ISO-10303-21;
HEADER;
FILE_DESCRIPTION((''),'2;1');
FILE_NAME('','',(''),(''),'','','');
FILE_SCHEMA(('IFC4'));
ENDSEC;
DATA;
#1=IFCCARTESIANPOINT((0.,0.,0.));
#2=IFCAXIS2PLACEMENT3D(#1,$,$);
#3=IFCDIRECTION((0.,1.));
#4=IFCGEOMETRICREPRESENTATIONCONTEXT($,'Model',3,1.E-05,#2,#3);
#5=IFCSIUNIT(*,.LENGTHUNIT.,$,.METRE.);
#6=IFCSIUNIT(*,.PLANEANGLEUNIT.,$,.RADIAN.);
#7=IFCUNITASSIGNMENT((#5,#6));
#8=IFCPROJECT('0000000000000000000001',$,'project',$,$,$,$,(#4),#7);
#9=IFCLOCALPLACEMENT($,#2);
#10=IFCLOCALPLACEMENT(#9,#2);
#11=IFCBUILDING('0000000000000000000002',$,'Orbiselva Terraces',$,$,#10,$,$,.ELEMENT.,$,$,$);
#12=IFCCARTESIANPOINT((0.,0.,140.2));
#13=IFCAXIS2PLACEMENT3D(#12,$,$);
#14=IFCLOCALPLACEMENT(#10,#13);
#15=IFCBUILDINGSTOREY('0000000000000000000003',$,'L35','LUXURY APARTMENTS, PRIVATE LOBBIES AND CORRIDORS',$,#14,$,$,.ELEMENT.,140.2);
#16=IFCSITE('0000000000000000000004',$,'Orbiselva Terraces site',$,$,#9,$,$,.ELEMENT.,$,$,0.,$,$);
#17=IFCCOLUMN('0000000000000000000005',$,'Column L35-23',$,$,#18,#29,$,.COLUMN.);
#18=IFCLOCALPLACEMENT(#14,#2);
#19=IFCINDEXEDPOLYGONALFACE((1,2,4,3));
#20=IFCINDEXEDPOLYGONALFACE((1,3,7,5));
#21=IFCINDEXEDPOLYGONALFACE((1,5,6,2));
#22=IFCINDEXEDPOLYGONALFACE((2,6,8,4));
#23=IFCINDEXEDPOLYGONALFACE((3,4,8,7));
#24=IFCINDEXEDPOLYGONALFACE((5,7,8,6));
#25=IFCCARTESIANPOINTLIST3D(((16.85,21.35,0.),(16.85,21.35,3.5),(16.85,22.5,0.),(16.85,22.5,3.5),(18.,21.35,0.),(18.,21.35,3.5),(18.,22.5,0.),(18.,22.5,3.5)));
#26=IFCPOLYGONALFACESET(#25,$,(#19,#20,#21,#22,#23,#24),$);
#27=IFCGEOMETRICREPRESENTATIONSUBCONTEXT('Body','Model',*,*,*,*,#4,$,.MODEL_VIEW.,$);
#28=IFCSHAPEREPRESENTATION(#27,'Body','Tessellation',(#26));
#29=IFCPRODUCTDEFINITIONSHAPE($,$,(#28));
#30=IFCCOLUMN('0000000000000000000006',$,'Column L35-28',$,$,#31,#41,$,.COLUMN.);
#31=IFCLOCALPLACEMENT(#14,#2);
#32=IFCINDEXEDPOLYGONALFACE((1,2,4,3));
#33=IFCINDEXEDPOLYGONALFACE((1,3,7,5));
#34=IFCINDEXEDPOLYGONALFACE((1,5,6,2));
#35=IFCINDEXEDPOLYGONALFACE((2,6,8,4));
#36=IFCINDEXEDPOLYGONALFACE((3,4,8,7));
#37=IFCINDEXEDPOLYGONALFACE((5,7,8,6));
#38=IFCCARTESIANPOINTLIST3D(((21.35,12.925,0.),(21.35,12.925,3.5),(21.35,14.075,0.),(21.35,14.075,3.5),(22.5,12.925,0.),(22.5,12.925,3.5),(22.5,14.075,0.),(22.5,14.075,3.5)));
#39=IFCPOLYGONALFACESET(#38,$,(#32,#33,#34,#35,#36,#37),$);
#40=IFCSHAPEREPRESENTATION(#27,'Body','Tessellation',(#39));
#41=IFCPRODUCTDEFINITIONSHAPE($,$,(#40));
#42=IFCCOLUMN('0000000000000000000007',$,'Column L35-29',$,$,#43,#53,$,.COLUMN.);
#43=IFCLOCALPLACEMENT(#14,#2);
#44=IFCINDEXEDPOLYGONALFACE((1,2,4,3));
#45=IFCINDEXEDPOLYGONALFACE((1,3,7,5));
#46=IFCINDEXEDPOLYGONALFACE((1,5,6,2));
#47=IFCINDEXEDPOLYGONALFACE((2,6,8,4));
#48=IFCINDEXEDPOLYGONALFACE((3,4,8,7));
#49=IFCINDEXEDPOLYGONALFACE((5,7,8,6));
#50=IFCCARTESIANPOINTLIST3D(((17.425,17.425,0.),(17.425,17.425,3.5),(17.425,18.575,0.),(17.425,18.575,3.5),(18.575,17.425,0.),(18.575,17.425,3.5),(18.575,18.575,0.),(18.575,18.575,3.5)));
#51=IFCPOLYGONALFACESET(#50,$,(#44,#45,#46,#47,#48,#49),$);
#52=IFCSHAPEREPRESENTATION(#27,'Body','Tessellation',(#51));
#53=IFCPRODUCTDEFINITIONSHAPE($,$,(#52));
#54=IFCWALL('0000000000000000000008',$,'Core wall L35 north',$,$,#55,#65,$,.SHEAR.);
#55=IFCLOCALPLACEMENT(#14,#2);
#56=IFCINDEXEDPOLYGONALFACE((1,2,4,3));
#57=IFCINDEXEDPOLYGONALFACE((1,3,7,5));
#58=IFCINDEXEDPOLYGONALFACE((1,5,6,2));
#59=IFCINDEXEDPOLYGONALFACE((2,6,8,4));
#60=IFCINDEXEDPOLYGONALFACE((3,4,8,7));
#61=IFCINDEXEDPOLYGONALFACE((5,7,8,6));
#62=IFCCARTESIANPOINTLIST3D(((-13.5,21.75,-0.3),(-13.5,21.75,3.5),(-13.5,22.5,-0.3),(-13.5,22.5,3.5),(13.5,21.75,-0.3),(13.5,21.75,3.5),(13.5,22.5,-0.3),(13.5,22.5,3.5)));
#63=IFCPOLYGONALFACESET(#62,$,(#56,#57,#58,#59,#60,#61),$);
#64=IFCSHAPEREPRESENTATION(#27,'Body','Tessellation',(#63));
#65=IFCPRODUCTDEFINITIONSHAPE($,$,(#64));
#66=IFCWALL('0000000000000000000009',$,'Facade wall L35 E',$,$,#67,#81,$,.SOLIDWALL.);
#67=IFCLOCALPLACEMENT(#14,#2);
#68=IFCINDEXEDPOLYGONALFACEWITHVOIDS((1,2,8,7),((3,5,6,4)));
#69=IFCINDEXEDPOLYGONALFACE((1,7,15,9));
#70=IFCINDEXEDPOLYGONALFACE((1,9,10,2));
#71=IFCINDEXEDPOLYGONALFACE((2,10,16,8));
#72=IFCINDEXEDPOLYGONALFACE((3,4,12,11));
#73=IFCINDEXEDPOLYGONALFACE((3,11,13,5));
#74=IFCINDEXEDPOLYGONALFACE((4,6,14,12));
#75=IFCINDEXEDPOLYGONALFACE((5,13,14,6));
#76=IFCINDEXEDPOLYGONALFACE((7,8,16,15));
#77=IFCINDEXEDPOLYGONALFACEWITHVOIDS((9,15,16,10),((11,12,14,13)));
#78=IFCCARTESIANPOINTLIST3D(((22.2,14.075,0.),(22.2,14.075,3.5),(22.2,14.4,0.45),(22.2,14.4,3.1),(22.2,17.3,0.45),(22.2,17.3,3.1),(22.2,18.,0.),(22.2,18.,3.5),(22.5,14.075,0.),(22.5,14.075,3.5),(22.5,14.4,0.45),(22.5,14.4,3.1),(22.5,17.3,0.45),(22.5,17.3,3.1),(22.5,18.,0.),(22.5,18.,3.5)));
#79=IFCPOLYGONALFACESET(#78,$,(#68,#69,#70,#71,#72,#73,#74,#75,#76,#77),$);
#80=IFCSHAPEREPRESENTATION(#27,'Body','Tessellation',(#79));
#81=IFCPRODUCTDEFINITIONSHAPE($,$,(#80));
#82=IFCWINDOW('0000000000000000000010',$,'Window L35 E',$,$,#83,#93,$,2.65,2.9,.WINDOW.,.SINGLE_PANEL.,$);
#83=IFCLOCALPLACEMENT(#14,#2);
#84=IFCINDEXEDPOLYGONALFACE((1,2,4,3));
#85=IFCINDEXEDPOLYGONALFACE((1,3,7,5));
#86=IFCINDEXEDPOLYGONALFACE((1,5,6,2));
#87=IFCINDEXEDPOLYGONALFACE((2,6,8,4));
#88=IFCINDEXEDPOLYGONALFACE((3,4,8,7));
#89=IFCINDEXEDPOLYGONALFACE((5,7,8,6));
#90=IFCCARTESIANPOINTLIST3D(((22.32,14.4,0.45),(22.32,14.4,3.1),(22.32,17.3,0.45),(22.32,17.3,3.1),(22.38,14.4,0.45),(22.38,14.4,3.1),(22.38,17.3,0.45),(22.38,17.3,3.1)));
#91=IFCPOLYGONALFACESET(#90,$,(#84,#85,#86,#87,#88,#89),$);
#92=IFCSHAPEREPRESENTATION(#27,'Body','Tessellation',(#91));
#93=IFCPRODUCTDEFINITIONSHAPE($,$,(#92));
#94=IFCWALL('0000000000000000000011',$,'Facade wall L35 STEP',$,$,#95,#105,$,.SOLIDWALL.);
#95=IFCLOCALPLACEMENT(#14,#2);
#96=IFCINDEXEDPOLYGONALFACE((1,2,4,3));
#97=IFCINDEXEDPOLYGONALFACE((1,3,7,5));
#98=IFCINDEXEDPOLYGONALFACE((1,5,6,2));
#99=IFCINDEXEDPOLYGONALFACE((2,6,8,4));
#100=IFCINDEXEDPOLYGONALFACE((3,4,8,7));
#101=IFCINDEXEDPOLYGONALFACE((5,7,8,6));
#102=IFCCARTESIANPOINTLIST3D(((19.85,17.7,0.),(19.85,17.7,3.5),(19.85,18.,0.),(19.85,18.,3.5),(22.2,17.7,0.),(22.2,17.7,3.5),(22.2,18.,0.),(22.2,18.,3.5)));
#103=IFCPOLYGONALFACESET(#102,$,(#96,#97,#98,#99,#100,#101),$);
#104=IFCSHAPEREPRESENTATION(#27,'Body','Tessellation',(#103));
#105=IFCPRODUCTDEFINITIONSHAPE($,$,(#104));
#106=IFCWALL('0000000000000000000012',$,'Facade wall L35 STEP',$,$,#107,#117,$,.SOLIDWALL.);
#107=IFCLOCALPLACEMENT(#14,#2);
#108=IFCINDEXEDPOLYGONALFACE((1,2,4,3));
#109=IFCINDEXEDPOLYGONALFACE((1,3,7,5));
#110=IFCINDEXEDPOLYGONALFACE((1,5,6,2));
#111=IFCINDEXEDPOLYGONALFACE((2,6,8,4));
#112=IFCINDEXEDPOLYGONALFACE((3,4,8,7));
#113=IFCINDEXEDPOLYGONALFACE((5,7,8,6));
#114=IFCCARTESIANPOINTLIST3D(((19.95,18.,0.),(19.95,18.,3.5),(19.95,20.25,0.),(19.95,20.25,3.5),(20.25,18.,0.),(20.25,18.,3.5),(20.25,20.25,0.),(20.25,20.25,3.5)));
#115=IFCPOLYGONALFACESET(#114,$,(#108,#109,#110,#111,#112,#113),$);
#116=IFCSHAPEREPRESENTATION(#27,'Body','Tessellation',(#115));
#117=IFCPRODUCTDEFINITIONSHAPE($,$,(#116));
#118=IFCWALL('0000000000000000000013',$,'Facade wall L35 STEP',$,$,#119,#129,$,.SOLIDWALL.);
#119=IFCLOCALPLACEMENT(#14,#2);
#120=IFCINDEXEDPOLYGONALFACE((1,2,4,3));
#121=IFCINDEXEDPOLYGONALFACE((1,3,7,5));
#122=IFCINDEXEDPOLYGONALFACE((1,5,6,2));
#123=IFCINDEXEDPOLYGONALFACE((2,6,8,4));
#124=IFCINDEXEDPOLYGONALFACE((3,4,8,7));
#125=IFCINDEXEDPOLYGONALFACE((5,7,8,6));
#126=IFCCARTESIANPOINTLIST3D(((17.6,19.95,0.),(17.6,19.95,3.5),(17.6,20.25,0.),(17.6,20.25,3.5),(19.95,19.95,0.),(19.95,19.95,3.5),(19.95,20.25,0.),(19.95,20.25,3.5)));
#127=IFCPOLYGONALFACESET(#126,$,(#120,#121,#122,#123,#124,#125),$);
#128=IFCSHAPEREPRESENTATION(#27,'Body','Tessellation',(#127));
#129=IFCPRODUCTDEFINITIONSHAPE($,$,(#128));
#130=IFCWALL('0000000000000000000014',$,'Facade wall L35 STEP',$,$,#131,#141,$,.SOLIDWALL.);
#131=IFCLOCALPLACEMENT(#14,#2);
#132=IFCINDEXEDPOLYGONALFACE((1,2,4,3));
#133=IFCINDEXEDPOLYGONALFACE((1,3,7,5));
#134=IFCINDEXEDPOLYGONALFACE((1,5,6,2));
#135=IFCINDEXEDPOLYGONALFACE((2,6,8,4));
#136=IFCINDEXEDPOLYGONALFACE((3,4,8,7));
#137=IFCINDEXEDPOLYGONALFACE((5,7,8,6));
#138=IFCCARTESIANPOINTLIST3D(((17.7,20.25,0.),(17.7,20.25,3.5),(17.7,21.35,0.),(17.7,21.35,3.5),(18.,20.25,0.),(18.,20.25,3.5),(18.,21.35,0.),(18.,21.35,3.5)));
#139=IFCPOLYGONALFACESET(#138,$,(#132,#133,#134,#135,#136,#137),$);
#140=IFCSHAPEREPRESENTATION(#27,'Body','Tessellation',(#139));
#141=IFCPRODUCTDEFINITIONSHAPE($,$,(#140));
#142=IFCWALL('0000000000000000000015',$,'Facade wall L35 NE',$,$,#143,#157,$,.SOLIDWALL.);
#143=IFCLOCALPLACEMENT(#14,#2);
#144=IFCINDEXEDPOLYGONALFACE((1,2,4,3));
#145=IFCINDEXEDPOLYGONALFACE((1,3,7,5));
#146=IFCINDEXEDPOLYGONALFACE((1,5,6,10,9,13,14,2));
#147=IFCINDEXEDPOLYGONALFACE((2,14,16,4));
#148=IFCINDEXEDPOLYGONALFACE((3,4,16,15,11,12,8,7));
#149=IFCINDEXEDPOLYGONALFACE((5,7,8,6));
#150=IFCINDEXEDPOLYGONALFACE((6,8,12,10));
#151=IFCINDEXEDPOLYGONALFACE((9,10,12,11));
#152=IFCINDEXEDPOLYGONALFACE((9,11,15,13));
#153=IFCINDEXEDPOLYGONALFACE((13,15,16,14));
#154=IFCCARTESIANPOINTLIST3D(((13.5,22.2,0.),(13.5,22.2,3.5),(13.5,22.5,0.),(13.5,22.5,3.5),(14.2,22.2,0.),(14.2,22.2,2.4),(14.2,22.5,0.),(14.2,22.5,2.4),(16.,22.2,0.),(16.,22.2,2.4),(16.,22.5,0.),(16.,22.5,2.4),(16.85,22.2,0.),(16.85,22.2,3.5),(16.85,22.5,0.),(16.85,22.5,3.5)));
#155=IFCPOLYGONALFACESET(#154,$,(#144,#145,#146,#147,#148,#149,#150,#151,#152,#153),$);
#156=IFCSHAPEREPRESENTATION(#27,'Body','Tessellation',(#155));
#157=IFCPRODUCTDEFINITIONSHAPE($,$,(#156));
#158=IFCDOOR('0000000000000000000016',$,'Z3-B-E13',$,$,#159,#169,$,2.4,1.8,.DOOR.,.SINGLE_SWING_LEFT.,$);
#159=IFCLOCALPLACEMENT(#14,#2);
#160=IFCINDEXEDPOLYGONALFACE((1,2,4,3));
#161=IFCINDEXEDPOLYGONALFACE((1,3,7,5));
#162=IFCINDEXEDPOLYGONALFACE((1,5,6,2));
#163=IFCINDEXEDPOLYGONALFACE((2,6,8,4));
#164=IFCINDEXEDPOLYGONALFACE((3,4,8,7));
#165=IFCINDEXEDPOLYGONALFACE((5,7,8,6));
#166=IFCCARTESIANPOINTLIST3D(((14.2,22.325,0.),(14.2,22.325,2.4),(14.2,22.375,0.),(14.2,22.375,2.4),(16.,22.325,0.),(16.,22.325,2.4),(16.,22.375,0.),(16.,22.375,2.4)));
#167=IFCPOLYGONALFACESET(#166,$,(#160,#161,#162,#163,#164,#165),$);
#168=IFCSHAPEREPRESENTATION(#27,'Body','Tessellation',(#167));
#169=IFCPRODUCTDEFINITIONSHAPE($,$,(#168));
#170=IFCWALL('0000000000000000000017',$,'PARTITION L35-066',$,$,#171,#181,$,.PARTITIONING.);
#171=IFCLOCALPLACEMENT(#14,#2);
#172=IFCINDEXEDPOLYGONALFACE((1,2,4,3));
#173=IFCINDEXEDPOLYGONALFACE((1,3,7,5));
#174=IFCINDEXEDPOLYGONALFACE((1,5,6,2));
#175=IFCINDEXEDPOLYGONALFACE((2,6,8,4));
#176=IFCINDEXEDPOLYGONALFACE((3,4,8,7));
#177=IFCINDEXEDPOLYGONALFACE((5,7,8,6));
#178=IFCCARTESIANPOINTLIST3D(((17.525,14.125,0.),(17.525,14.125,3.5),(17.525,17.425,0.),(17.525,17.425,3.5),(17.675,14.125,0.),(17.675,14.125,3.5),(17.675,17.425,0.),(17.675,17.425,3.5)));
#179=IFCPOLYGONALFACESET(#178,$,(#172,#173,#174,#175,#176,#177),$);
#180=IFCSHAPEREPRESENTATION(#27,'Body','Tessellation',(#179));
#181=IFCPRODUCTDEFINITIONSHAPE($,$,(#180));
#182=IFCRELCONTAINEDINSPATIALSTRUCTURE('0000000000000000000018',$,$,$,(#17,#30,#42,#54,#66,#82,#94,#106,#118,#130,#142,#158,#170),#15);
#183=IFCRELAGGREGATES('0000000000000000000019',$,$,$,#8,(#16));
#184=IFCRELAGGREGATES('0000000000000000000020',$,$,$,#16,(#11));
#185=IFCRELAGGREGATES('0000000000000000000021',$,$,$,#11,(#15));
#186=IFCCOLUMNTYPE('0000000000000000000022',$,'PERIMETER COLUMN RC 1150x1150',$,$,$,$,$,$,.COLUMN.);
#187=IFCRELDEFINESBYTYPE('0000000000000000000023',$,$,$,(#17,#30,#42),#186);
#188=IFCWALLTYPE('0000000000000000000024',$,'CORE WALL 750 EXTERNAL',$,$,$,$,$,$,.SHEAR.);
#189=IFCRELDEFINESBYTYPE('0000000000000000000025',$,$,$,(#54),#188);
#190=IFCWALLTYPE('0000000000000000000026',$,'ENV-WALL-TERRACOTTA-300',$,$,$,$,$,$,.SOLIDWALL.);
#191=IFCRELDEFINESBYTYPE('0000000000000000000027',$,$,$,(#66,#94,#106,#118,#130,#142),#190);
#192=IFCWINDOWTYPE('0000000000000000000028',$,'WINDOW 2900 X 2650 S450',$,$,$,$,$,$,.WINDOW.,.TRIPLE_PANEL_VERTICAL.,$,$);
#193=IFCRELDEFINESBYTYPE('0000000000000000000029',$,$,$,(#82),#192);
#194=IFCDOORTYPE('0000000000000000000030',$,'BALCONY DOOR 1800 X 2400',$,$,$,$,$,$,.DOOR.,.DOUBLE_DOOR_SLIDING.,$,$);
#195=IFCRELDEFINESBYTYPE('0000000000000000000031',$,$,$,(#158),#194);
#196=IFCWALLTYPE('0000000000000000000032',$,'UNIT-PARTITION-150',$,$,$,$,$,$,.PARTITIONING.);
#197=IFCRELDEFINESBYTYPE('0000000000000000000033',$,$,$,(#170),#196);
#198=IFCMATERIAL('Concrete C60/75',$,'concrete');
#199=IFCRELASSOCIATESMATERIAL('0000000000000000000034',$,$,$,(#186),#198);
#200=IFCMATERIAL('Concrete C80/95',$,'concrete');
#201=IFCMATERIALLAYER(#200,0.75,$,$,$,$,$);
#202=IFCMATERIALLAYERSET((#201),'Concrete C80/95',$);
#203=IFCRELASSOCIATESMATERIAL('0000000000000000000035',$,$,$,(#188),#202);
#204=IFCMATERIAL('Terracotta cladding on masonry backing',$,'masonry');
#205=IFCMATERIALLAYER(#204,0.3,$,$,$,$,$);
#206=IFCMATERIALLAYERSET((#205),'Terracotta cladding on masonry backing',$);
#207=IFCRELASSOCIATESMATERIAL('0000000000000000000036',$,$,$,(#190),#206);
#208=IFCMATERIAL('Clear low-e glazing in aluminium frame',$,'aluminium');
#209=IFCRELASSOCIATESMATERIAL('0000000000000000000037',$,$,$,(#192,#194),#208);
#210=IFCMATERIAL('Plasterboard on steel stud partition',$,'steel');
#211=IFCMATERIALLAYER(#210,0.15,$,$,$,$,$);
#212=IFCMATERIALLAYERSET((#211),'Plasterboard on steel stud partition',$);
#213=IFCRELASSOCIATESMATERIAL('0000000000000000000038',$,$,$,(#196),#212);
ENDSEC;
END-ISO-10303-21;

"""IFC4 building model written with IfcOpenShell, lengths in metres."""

from ifc_helpers import new_model, si_unit, direction, frame, frame_2d, origin, origin_2d, place, context, subcontext, project, spatial, rectangle, extrude, material, layer, layer_set, material_profile, profile_set, type_object, element, fill, save


model = new_model("IFC4")

# Units and contexts
model_context = context("Model", 3, precision=1e-05, world=origin(), true_north=direction((0.0, 1.0)))
body_context = subcontext(model_context, "Body", "Model", "MODEL_VIEW")
ifc_project = project(units=[si_unit("LENGTHUNIT", "METRE"), si_unit("PLANEANGLEUNIT", "RADIAN")], contexts=[model_context])

# Site, building, storey
site_placement = place(None, origin())
site = spatial("IfcSite", under=ifc_project, at=site_placement, Name="Orbiselva Terraces site", CompositionType="ELEMENT", RefElevation=0.0)
building_placement = place(site_placement, origin())
building = spatial("IfcBuilding", under=site, at=building_placement, Name="Orbiselva Terraces", CompositionType="ELEMENT")
storey_placement = place(building_placement, frame((0.0, 0.0, 140.2)))
storey = spatial("IfcBuildingStorey", under=building, at=storey_placement, Name="L35", Description="LUXURY APARTMENTS, PRIVATE LOBBIES AND CORRIDORS", CompositionType="ELEMENT", Elevation=140.2)

# Columns
ifc_material_1 = material(Name="Concrete C60/75", Category="concrete")
ifc_material_profile = material_profile(ifc_material_1, rectangle(XDim=1.15, YDim=1.15, at=origin_2d()), Name="RC 1150x1150")
ifc_profile_set = profile_set([ifc_material_profile], Name="Concrete C60/75")
column_type = type_object("IfcColumnType", Name="PERIMETER COLUMN RC 1150x1150", PredefinedType="COLUMN", material=ifc_profile_set)
for number, where, z_axis, x_axis, name in (
    (1, (17.425, 21.925, 0.0), (0.0, 0.0, 1.0), (1.0, 0.0, 0.0), "Column L35-23"),
    (2, (21.925, 13.5, 0.0), (0.0, 0.0, 1.0), (1.0, 0.0, 0.0), "Column L35-28"),
    (3, (18.0, 18.0, 0.0), (0.0, 0.0, 1.0), (1.0, 0.0, 0.0), "Column L35-29"),
):
    element("IfcColumn", number, at=place(storey_placement, frame(where, z_axis=z_axis, x_axis=x_axis)), inside=storey, type_object=column_type, Name=name, PredefinedType="COLUMN", context=body_context, shape_type="SweptSolid", body=[
        extrude(rectangle(XDim=1.15, YDim=1.15, at=origin_2d()), origin(), (0.0, 0.0, 1.0), 3.5),
    ])

# Wall
ifc_material_2 = material(Name="Concrete C80/95", Category="concrete")
ifc_layer_1 = layer(ifc_material_2, 0.75)
ifc_layer_set_1 = layer_set([ifc_layer_1], Name="Concrete C80/95")
wall_type_1 = type_object("IfcWallType", Name="CORE WALL 750 EXTERNAL", PredefinedType="SHEAR", material=ifc_layer_set_1)
wall_1_placement = place(storey_placement, frame((13.5, 22.125, -0.3), z_axis=(0.0, 0.0, 1.0), x_axis=(-1.0, 0.0, 0.0)))
element("IfcWall", 4, at=wall_1_placement, inside=storey, type_object=wall_type_1, Name="Core wall L35 north", PredefinedType="SHEAR", context=body_context, shape_type="SweptSolid", body=[
    extrude(rectangle(XDim=27.0, YDim=0.75, at=frame_2d((13.5, 0.0))), origin(), (0.0, 0.0, 1.0), 3.8),
])

# Wall, opening, window
ifc_material_3 = material(Name="Terracotta cladding on masonry backing", Category="masonry")
ifc_layer_2 = layer(ifc_material_3, 0.3)
ifc_layer_set_2 = layer_set([ifc_layer_2], Name="Terracotta cladding on masonry backing")
wall_type_2 = type_object("IfcWallType", Name="ENV-WALL-TERRACOTTA-300", PredefinedType="SOLIDWALL", material=ifc_layer_set_2)
wall_2_placement = place(storey_placement, frame((22.35, 18.0, 0.0), z_axis=(0.0, 0.0, 1.0), x_axis=(0.0, -1.0, 0.0)))
wall_2 = element("IfcWall", 5, at=wall_2_placement, inside=storey, type_object=wall_type_2, Name="Facade wall L35 E", PredefinedType="SOLIDWALL", context=body_context, shape_type="SweptSolid", body=[
    extrude(rectangle(XDim=3.925, YDim=0.3, at=frame_2d((1.9625, 0.0))), origin(), (0.0, 0.0, 1.0), 3.5),
])
opening_1_placement = place(wall_2_placement, frame((0.7, 0.0, 0.45)))
opening_1 = element("IfcOpeningElement", 6, at=opening_1_placement, cuts=wall_2, PredefinedType="OPENING", context=body_context, shape_type="SweptSolid", body=[
    extrude(rectangle(XDim=2.9, YDim=2.65, at=frame_2d((1.45, 1.325))), frame((0.0, 0.16, 0.0), z_axis=(0.0, -1.0, 0.0), x_axis=(1.0, 0.0, 0.0)), (0.0, 0.0, 1.0), 0.32),
])
ifc_material_4 = material(Name="Clear low-e glazing in aluminium frame", Category="aluminium")
window_type = type_object("IfcWindowType", Name="WINDOW 2900 X 2650 S450", PartitioningType="TRIPLE_PANEL_VERTICAL", PredefinedType="WINDOW", material=ifc_material_4)
window_placement = place(opening_1_placement, origin())
window = element("IfcWindow", 7, at=window_placement, inside=storey, type_object=window_type, Name="Window L35 E", OverallHeight=2.65, OverallWidth=2.9, PartitioningType="SINGLE_PANEL", PredefinedType="WINDOW", context=body_context, shape_type="SweptSolid", body=[
    extrude(rectangle(XDim=2.9, YDim=2.65, at=frame_2d((1.45, 1.325))), frame((0.0, 0.03, 0.0), z_axis=(0.0, -1.0, 0.0), x_axis=(1.0, 0.0, 0.0)), (0.0, 0.0, 1.0), 0.06),
])
fill(opening_1, window)

# Walls
wall_3_placement = place(storey_placement, frame((19.85, 17.85, 0.0), z_axis=(0.0, 0.0, 1.0), x_axis=(1.0, 0.0, 0.0)))
element("IfcWall", 8, at=wall_3_placement, inside=storey, type_object=wall_type_2, Name="Facade wall L35 STEP", PredefinedType="SOLIDWALL", context=body_context, shape_type="SweptSolid", body=[
    extrude(rectangle(XDim=2.35, YDim=0.3, at=frame_2d((1.175, 0.0))), origin(), (0.0, 0.0, 1.0), 3.5),
])
wall_4_placement = place(storey_placement, frame((20.1, 20.25, 0.0), z_axis=(0.0, 0.0, 1.0), x_axis=(0.0, -1.0, 0.0)))
element("IfcWall", 9, at=wall_4_placement, inside=storey, type_object=wall_type_2, Name="Facade wall L35 STEP", PredefinedType="SOLIDWALL", context=body_context, shape_type="SweptSolid", body=[
    extrude(rectangle(XDim=2.25, YDim=0.3, at=frame_2d((1.125, 0.0))), origin(), (0.0, 0.0, 1.0), 3.5),
])
wall_5_placement = place(storey_placement, frame((17.6, 20.1, 0.0), z_axis=(0.0, 0.0, 1.0), x_axis=(1.0, 0.0, 0.0)))
element("IfcWall", 10, at=wall_5_placement, inside=storey, type_object=wall_type_2, Name="Facade wall L35 STEP", PredefinedType="SOLIDWALL", context=body_context, shape_type="SweptSolid", body=[
    extrude(rectangle(XDim=2.35, YDim=0.3, at=frame_2d((1.175, 0.0))), origin(), (0.0, 0.0, 1.0), 3.5),
])
wall_6_placement = place(storey_placement, frame((17.85, 21.35, 0.0), z_axis=(0.0, 0.0, 1.0), x_axis=(0.0, -1.0, 0.0)))
element("IfcWall", 11, at=wall_6_placement, inside=storey, type_object=wall_type_2, Name="Facade wall L35 STEP", PredefinedType="SOLIDWALL", context=body_context, shape_type="SweptSolid", body=[
    extrude(rectangle(XDim=1.1, YDim=0.3, at=frame_2d((0.55, 0.0))), origin(), (0.0, 0.0, 1.0), 3.5),
])

# Wall, opening, door
wall_7_placement = place(storey_placement, frame((13.5, 22.35, 0.0), z_axis=(0.0, 0.0, 1.0), x_axis=(1.0, 0.0, 0.0)))
wall_7 = element("IfcWall", 12, at=wall_7_placement, inside=storey, type_object=wall_type_2, Name="Facade wall L35 NE", PredefinedType="SOLIDWALL", context=body_context, shape_type="SweptSolid", body=[
    extrude(rectangle(XDim=3.35, YDim=0.3, at=frame_2d((1.675, 0.0))), origin(), (0.0, 0.0, 1.0), 3.5),
])
opening_2_placement = place(wall_7_placement, frame((0.7, 0.0, 0.0)))
opening_2 = element("IfcOpeningElement", 13, at=opening_2_placement, cuts=wall_7, PredefinedType="OPENING", context=body_context, shape_type="SweptSolid", body=[
    extrude(rectangle(XDim=1.8, YDim=2.4, at=frame_2d((0.9, 1.2))), frame((0.0, 0.16, 0.0), z_axis=(0.0, -1.0, 0.0), x_axis=(1.0, 0.0, 0.0)), (0.0, 0.0, 1.0), 0.32),
])
door_type = type_object("IfcDoorType", Name="BALCONY DOOR 1800 X 2400", OperationType="DOUBLE_DOOR_SLIDING", PredefinedType="DOOR", material=ifc_material_4)
door_placement = place(opening_2_placement, origin())
door = element("IfcDoor", 14, at=door_placement, inside=storey, type_object=door_type, Name="Z3-B-E13", OperationType="SINGLE_SWING_LEFT", OverallHeight=2.4, OverallWidth=1.8, PredefinedType="DOOR", context=body_context, shape_type="SweptSolid", body=[
    extrude(rectangle(XDim=1.8, YDim=2.4, at=frame_2d((0.9, 1.2))), frame((0.0, 0.025, 0.0), z_axis=(0.0, -1.0, 0.0), x_axis=(1.0, 0.0, 0.0)), (0.0, 0.0, 1.0), 0.05),
])
fill(opening_2, door)

# Wall
ifc_material_5 = material(Name="Plasterboard on steel stud partition", Category="steel")
ifc_layer_3 = layer(ifc_material_5, 0.15)
ifc_layer_set_3 = layer_set([ifc_layer_3], Name="Plasterboard on steel stud partition")
wall_type_3 = type_object("IfcWallType", Name="UNIT-PARTITION-150", PredefinedType="PARTITIONING", material=ifc_layer_set_3)
wall_8_placement = place(storey_placement, frame((17.6, 14.125, 0.0), z_axis=(0.0, 0.0, 1.0), x_axis=(0.0, 1.0, 0.0)))
element("IfcWall", 15, at=wall_8_placement, inside=storey, type_object=wall_type_3, Name="PARTITION L35-066", PredefinedType="PARTITIONING", context=body_context, shape_type="SweptSolid", body=[
    extrude(rectangle(XDim=3.3, YDim=0.15, at=frame_2d((1.65, 0.0))), origin(), (0.0, 0.0, 1.0), 3.5),
])

save(model, "model.ifc")
